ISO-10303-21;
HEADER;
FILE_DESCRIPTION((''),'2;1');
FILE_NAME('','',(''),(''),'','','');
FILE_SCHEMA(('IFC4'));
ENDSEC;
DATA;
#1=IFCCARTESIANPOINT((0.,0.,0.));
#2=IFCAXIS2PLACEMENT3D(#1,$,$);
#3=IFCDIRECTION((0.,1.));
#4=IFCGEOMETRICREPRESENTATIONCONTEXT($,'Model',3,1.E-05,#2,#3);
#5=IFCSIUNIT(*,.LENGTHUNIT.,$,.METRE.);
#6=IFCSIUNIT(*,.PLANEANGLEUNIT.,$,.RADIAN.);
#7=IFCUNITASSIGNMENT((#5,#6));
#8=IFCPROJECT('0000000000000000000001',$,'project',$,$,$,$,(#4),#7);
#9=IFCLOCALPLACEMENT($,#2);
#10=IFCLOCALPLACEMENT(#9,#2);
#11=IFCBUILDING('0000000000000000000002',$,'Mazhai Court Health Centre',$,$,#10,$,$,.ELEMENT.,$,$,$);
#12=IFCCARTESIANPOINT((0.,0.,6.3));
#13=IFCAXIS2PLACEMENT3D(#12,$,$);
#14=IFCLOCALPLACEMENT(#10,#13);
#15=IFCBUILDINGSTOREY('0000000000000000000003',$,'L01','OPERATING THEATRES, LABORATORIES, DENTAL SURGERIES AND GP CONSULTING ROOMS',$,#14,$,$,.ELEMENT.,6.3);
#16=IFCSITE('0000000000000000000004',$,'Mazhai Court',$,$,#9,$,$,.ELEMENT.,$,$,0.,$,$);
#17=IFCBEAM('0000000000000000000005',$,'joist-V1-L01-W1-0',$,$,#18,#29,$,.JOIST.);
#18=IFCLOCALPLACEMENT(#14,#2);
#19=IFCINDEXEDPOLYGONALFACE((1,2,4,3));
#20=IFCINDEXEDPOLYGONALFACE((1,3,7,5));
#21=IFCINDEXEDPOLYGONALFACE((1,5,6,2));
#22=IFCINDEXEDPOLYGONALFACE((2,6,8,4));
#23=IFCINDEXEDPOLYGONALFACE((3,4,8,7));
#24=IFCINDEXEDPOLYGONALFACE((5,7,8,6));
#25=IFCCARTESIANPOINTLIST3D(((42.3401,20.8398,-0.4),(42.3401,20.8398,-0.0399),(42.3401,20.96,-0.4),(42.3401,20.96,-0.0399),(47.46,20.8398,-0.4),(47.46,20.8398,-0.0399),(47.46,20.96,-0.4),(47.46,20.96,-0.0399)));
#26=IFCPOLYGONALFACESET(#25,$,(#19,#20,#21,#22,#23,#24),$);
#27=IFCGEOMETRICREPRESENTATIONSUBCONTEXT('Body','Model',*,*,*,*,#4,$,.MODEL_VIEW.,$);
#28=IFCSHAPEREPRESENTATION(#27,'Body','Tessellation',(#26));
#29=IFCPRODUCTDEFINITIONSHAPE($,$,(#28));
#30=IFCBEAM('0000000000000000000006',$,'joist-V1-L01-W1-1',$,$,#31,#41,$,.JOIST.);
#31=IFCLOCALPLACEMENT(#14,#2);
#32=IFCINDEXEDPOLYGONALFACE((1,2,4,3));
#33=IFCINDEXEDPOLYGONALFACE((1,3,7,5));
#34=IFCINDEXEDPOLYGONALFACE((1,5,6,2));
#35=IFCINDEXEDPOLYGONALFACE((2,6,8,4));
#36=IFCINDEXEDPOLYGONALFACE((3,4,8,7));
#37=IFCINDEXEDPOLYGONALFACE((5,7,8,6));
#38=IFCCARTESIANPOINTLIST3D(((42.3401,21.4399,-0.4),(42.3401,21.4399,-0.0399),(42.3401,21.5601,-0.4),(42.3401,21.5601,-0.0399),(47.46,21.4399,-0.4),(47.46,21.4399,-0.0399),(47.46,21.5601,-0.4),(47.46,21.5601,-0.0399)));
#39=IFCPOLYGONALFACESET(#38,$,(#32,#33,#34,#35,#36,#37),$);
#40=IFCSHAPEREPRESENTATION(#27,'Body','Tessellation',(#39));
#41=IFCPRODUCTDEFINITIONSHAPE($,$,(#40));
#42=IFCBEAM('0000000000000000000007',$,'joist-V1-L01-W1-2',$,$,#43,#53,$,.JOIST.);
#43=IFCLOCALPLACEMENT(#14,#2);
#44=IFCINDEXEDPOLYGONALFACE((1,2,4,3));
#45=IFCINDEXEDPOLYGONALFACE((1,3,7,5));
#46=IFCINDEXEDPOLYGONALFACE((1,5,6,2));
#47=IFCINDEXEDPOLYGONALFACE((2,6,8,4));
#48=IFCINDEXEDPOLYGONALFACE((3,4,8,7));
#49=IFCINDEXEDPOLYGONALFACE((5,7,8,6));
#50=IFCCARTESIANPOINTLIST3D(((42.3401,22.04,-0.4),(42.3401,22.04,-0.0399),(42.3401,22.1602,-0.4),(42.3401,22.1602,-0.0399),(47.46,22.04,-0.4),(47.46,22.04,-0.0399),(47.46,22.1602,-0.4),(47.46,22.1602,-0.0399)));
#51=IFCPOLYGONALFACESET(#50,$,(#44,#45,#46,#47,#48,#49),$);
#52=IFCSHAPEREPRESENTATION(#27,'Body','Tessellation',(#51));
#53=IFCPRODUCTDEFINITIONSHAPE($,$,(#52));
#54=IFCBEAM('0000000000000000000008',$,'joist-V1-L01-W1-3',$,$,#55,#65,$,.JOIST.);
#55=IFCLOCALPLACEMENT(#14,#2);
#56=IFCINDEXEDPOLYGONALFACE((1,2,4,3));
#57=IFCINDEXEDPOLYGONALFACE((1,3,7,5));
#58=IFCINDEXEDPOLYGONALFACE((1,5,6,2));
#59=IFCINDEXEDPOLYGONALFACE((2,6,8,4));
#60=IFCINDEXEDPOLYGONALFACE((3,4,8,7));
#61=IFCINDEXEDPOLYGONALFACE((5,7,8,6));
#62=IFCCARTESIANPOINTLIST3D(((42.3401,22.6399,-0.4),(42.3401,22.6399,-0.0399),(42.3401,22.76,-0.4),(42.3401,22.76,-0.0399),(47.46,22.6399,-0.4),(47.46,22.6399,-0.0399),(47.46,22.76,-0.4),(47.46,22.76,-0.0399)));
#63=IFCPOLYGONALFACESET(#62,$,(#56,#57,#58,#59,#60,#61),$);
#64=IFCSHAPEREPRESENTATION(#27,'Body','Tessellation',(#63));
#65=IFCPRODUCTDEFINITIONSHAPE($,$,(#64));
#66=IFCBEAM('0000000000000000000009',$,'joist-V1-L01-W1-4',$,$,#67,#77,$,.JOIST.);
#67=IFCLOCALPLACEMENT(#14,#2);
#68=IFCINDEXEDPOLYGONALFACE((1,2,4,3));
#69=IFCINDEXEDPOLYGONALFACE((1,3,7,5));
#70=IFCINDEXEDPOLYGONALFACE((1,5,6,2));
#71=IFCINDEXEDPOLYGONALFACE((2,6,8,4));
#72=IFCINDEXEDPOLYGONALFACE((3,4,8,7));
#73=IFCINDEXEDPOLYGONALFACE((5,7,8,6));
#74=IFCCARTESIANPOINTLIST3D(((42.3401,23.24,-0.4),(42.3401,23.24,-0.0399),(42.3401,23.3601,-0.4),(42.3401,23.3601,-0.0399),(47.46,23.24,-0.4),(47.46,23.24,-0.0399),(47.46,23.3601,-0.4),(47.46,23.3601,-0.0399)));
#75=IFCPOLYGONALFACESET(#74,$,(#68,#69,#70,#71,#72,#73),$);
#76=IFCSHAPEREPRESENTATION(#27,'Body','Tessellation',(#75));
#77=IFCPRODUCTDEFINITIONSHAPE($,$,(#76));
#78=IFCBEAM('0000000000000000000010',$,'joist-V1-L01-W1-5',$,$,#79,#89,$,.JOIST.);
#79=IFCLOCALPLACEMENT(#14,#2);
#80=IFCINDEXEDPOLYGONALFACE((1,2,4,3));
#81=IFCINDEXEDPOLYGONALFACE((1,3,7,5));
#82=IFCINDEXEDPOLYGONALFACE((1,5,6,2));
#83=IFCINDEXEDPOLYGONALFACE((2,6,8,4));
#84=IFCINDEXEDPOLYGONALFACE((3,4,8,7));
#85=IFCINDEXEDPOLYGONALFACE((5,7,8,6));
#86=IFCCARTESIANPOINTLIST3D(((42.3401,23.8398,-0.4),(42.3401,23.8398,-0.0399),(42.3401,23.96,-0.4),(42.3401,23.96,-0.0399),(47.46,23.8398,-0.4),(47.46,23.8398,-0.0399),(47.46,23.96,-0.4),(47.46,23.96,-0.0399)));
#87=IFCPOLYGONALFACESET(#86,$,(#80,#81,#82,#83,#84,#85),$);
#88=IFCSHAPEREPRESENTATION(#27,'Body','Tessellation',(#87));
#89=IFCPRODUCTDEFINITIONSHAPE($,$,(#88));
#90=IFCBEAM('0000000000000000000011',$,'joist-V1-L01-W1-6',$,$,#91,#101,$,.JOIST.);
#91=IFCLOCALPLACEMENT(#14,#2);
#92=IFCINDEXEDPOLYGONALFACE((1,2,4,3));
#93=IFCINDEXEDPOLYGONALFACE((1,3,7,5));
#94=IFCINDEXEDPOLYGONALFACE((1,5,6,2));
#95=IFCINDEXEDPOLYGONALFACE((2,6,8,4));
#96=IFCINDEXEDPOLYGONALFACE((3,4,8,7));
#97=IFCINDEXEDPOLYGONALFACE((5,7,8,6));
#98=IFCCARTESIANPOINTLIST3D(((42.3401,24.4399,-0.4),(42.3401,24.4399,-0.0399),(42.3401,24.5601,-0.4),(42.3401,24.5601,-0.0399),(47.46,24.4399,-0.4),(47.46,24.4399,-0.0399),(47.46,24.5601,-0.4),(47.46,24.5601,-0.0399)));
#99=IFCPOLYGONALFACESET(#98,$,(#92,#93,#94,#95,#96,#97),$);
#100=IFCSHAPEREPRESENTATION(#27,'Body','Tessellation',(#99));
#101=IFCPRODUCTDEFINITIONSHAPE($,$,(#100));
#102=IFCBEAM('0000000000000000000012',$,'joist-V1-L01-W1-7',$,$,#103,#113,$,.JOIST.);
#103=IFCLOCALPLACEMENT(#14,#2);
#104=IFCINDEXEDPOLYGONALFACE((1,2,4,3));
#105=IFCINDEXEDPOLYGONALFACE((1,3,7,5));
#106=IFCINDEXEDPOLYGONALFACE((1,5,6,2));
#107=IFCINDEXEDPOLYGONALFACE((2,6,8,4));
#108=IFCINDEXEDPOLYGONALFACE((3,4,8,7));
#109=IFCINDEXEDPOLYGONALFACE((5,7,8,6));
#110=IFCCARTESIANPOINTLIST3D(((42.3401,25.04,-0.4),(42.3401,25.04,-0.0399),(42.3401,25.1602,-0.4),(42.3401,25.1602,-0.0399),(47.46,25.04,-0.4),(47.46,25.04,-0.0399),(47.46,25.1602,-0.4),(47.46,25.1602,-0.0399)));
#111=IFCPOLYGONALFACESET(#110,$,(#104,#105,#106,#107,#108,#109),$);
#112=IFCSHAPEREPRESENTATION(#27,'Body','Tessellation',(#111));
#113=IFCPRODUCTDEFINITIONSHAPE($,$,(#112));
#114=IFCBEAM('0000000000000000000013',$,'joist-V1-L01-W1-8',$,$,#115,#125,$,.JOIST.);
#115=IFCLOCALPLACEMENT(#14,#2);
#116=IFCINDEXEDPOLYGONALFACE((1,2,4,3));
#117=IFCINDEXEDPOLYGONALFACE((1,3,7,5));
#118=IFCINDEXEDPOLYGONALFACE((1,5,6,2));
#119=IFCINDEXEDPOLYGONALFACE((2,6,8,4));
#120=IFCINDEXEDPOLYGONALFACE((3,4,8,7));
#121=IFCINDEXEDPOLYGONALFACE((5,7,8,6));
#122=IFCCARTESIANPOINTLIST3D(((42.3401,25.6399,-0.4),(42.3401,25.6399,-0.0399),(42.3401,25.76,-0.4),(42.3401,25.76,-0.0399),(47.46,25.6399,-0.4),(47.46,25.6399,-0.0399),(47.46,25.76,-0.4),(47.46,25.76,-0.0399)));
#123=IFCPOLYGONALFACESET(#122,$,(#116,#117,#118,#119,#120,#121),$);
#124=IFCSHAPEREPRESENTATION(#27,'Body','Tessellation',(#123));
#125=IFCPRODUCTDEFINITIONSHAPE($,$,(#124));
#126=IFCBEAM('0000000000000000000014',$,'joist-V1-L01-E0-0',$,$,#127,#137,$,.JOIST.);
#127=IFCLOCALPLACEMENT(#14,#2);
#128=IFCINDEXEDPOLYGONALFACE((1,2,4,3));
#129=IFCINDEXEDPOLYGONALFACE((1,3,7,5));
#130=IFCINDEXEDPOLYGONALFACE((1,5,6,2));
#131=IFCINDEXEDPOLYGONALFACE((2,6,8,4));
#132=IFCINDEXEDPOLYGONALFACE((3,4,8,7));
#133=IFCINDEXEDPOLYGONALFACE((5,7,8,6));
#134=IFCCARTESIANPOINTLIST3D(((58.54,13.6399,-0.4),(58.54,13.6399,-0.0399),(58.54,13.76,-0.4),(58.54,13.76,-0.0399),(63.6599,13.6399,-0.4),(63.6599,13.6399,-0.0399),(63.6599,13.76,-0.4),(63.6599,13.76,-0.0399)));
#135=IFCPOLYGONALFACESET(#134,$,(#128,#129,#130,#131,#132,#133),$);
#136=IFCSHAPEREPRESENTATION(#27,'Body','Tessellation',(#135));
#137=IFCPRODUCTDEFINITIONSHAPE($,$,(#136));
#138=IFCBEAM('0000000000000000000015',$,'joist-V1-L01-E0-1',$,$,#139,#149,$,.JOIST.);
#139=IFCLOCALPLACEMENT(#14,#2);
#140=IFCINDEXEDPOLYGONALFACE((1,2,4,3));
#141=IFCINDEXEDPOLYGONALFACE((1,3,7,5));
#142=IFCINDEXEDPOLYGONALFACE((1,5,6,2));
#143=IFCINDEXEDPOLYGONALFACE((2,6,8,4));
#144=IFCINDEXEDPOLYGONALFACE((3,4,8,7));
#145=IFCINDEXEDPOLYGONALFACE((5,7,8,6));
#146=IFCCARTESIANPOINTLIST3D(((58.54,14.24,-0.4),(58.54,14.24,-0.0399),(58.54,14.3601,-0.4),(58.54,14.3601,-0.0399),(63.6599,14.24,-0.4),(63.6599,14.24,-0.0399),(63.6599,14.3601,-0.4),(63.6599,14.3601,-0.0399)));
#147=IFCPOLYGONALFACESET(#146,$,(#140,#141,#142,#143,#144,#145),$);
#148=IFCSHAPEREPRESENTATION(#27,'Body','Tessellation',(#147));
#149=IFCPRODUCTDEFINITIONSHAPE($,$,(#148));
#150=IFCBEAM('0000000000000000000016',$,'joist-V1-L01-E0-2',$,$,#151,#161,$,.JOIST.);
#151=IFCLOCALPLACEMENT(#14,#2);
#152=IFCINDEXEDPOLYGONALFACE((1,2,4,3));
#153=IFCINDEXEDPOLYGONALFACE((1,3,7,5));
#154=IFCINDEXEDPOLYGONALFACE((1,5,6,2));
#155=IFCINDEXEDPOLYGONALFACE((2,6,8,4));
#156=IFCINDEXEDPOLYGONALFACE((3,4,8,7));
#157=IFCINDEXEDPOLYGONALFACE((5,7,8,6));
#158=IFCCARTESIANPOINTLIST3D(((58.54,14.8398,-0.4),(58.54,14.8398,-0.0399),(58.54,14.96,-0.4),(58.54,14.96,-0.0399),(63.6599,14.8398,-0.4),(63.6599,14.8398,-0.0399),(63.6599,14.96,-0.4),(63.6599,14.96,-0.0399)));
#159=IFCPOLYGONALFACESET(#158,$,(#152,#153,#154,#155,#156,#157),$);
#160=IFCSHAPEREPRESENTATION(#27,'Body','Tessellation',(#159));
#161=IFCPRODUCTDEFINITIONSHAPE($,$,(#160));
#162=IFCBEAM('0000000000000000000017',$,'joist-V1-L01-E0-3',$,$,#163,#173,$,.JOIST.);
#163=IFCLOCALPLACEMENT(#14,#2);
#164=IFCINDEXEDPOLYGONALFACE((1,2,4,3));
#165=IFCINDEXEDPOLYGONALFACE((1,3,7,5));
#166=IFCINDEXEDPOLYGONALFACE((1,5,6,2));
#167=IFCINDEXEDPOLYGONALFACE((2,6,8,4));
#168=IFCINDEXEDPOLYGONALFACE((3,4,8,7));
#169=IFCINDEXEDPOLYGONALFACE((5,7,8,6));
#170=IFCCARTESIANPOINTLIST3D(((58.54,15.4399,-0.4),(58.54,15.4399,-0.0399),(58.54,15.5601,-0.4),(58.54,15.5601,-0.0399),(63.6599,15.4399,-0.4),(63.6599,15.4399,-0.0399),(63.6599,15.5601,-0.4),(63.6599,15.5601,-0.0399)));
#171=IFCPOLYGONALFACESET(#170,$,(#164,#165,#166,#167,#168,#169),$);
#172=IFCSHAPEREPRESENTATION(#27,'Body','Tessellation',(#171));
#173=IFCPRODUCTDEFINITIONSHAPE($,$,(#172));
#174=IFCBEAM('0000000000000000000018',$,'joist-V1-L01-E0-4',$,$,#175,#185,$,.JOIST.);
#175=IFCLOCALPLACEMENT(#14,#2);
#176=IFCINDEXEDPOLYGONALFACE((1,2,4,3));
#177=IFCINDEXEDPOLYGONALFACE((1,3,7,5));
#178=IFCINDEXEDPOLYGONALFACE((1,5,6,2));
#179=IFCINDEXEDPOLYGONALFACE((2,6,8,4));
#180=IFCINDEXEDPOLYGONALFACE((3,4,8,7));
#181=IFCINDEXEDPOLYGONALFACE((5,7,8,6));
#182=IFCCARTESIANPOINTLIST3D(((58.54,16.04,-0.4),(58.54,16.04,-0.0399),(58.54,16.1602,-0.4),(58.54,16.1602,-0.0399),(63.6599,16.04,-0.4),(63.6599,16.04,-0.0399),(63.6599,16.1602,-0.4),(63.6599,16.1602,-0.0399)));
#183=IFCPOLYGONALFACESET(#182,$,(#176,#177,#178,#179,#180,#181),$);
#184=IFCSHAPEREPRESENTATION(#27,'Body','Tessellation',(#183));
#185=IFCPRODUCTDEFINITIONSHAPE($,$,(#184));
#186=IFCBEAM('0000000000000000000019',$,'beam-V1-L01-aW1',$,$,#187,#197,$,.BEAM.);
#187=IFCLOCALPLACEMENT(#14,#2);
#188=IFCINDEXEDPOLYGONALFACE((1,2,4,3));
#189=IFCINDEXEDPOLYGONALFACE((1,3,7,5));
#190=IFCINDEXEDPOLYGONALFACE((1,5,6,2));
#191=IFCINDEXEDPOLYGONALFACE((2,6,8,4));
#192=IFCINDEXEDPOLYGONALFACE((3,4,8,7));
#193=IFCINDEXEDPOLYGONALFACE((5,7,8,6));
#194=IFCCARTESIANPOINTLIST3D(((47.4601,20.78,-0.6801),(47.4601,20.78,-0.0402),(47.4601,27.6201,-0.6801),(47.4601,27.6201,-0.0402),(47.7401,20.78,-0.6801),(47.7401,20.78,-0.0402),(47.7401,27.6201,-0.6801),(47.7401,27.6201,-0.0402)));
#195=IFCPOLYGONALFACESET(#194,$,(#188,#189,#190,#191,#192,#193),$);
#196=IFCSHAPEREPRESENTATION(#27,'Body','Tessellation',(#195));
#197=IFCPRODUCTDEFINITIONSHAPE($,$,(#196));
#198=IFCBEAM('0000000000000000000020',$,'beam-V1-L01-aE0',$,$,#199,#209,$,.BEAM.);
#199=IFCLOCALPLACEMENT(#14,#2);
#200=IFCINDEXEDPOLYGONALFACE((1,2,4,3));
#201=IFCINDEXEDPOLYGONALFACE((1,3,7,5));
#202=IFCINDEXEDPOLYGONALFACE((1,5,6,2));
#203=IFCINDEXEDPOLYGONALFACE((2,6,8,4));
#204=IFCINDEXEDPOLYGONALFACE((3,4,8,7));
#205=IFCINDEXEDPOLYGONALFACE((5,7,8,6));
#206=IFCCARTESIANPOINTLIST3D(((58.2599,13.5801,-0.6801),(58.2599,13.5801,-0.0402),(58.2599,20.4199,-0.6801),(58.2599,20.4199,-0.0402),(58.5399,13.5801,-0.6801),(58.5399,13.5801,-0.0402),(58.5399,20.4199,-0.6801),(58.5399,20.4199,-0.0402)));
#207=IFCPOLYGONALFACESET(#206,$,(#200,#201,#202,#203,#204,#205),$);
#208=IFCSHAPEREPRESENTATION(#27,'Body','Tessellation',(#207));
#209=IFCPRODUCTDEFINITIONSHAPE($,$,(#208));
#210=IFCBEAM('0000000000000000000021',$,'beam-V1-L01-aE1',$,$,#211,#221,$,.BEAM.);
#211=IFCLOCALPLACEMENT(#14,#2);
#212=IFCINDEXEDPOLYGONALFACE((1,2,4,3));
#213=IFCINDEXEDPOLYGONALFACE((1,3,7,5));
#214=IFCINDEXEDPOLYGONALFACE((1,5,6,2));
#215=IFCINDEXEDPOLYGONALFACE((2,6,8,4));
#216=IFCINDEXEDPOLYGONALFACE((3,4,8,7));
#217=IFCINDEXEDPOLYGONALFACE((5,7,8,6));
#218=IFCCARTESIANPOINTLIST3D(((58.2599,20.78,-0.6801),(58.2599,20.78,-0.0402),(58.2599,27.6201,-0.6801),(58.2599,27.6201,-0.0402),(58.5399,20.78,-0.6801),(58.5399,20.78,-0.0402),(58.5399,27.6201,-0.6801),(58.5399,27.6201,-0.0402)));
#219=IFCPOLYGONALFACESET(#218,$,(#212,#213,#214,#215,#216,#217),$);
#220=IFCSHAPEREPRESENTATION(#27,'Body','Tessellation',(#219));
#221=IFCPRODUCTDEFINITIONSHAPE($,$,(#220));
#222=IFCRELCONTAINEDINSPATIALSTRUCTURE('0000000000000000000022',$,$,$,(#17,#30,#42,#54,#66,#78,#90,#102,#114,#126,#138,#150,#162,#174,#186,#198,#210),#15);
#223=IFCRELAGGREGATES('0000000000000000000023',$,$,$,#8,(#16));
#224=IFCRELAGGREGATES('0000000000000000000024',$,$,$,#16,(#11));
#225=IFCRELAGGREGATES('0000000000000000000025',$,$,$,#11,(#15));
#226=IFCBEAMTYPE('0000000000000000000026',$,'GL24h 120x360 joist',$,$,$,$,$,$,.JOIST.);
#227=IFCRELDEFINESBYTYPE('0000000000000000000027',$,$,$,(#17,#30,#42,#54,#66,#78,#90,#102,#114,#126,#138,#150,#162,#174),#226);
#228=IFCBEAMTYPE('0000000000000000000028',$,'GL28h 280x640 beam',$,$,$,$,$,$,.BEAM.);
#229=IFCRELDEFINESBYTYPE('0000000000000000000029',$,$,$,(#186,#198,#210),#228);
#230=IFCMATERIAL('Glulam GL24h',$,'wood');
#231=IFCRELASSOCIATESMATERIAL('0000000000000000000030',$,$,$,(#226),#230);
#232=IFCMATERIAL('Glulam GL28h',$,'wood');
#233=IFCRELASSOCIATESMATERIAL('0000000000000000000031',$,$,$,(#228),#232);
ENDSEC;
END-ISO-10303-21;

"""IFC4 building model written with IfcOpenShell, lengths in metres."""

from ifc_helpers import new_model, si_unit, direction, frame, origin, origin_2d, place, context, subcontext, project, spatial, rectangle, extrude, material, material_profile, profile_set, type_object, element, save


model = new_model("IFC4")

# Units and contexts
model_context = context("Model", 3, precision=1e-05, world=origin(), true_north=direction((0.0, 1.0)))
body_context = subcontext(model_context, "Body", "Model", "MODEL_VIEW")
ifc_project = project(units=[si_unit("LENGTHUNIT", "METRE"), si_unit("PLANEANGLEUNIT", "RADIAN")], contexts=[model_context])

# Site, building, storey
site_placement = place(None, origin())
site = spatial("IfcSite", under=ifc_project, at=site_placement, Name="Mazhai Court", CompositionType="ELEMENT", RefElevation=0.0)
building_placement = place(site_placement, origin())
building = spatial("IfcBuilding", under=site, at=building_placement, Name="Mazhai Court Health Centre", CompositionType="ELEMENT")
storey_placement = place(building_placement, frame((0.0, 0.0, 6.3)))
storey = spatial("IfcBuildingStorey", under=building, at=storey_placement, Name="L01", Description="OPERATING THEATRES, LABORATORIES, DENTAL SURGERIES AND GP CONSULTING ROOMS", CompositionType="ELEMENT", Elevation=6.3)

# Beams
ifc_material_1 = material(Name="Glulam GL24h", Category="wood")
ifc_material_profile_1 = material_profile(ifc_material_1, rectangle(XDim=0.1201, YDim=0.3601, at=origin_2d()), Name="GL24h 120x360")
ifc_profile_set_1 = profile_set([ifc_material_profile_1], Name="Glulam GL24h")
beam_type_1 = type_object("IfcBeamType", Name="GL24h 120x360 joist", PredefinedType="JOIST", material=ifc_profile_set_1)
for number, where, z_axis, x_axis, name in (
    (1, (42.3401, 20.8999, -0.22), (1.0, 0.0, 0.0), (0.0, 1.0, 0.0), "joist-V1-L01-W1-0"),
    (2, (42.3401, 21.5, -0.22), (1.0, 0.0, 0.0), (0.0, 1.0, 0.0), "joist-V1-L01-W1-1"),
    (3, (42.3401, 22.1001, -0.22), (1.0, 0.0, 0.0), (0.0, 1.0, 0.0), "joist-V1-L01-W1-2"),
    (4, (42.3401, 22.7, -0.22), (1.0, 0.0, 0.0), (0.0, 1.0, 0.0), "joist-V1-L01-W1-3"),
    (5, (42.3401, 23.3, -0.22), (1.0, 0.0, 0.0), (0.0, 1.0, 0.0), "joist-V1-L01-W1-4"),
    (6, (42.3401, 23.8999, -0.22), (1.0, 0.0, 0.0), (0.0, 1.0, 0.0), "joist-V1-L01-W1-5"),
    (7, (42.3401, 24.5, -0.22), (1.0, 0.0, 0.0), (0.0, 1.0, 0.0), "joist-V1-L01-W1-6"),
    (8, (42.3401, 25.1001, -0.22), (1.0, 0.0, 0.0), (0.0, 1.0, 0.0), "joist-V1-L01-W1-7"),
    (9, (42.3401, 25.7, -0.22), (1.0, 0.0, 0.0), (0.0, 1.0, 0.0), "joist-V1-L01-W1-8"),
    (10, (58.54, 13.7, -0.22), (1.0, 0.0, 0.0), (0.0, 1.0, 0.0), "joist-V1-L01-E0-0"),
    (11, (58.54, 14.3, -0.22), (1.0, 0.0, 0.0), (0.0, 1.0, 0.0), "joist-V1-L01-E0-1"),
    (12, (58.54, 14.8999, -0.22), (1.0, 0.0, 0.0), (0.0, 1.0, 0.0), "joist-V1-L01-E0-2"),
    (13, (58.54, 15.5, -0.22), (1.0, 0.0, 0.0), (0.0, 1.0, 0.0), "joist-V1-L01-E0-3"),
    (14, (58.54, 16.1001, -0.22), (1.0, 0.0, 0.0), (0.0, 1.0, 0.0), "joist-V1-L01-E0-4"),
):
    element("IfcBeam", number, at=place(storey_placement, frame(where, z_axis=z_axis, x_axis=x_axis)), inside=storey, type_object=beam_type_1, Name=name, PredefinedType="JOIST", context=body_context, shape_type="SweptSolid", body=[
        extrude(rectangle(XDim=0.1201, YDim=0.3601, at=origin_2d()), origin(), (0.0, 0.0, 1.0), 5.1199),
    ])
ifc_material_2 = material(Name="Glulam GL28h", Category="wood")
ifc_material_profile_2 = material_profile(ifc_material_2, rectangle(XDim=0.28, YDim=0.6399, at=origin_2d()), Name="GL28h 280x640")
ifc_profile_set_2 = profile_set([ifc_material_profile_2], Name="Glulam GL28h")
beam_type_2 = type_object("IfcBeamType", Name="GL28h 280x640 beam", PredefinedType="BEAM", material=ifc_profile_set_2)
beam_1_placement = place(storey_placement, frame((47.6001, 20.78, -0.3601), z_axis=(0.0, 1.0, 0.0), x_axis=(-1.0, 0.0, 0.0)))
element("IfcBeam", 15, at=beam_1_placement, inside=storey, type_object=beam_type_2, Name="beam-V1-L01-aW1", PredefinedType="BEAM", context=body_context, shape_type="SweptSolid", body=[
    extrude(rectangle(XDim=0.28, YDim=0.6399, at=origin_2d()), origin(), (0.0, 0.0, 1.0), 6.8401),
])
beam_2_placement = place(storey_placement, frame((58.3999, 13.5801, -0.3601), z_axis=(0.0, 1.0, 0.0), x_axis=(-1.0, 0.0, 0.0)))
element("IfcBeam", 16, at=beam_2_placement, inside=storey, type_object=beam_type_2, Name="beam-V1-L01-aE0", PredefinedType="BEAM", context=body_context, shape_type="SweptSolid", body=[
    extrude(rectangle(XDim=0.28, YDim=0.6399, at=origin_2d()), origin(), (0.0, 0.0, 1.0), 6.8398),
])
beam_3_placement = place(storey_placement, frame((58.3999, 20.78, -0.3601), z_axis=(0.0, 1.0, 0.0), x_axis=(-1.0, 0.0, 0.0)))
element("IfcBeam", 17, at=beam_3_placement, inside=storey, type_object=beam_type_2, Name="beam-V1-L01-aE1", PredefinedType="BEAM", context=body_context, shape_type="SweptSolid", body=[
    extrude(rectangle(XDim=0.28, YDim=0.6399, at=origin_2d()), origin(), (0.0, 0.0, 1.0), 6.8401),
])

save(model, "model.ifc")
